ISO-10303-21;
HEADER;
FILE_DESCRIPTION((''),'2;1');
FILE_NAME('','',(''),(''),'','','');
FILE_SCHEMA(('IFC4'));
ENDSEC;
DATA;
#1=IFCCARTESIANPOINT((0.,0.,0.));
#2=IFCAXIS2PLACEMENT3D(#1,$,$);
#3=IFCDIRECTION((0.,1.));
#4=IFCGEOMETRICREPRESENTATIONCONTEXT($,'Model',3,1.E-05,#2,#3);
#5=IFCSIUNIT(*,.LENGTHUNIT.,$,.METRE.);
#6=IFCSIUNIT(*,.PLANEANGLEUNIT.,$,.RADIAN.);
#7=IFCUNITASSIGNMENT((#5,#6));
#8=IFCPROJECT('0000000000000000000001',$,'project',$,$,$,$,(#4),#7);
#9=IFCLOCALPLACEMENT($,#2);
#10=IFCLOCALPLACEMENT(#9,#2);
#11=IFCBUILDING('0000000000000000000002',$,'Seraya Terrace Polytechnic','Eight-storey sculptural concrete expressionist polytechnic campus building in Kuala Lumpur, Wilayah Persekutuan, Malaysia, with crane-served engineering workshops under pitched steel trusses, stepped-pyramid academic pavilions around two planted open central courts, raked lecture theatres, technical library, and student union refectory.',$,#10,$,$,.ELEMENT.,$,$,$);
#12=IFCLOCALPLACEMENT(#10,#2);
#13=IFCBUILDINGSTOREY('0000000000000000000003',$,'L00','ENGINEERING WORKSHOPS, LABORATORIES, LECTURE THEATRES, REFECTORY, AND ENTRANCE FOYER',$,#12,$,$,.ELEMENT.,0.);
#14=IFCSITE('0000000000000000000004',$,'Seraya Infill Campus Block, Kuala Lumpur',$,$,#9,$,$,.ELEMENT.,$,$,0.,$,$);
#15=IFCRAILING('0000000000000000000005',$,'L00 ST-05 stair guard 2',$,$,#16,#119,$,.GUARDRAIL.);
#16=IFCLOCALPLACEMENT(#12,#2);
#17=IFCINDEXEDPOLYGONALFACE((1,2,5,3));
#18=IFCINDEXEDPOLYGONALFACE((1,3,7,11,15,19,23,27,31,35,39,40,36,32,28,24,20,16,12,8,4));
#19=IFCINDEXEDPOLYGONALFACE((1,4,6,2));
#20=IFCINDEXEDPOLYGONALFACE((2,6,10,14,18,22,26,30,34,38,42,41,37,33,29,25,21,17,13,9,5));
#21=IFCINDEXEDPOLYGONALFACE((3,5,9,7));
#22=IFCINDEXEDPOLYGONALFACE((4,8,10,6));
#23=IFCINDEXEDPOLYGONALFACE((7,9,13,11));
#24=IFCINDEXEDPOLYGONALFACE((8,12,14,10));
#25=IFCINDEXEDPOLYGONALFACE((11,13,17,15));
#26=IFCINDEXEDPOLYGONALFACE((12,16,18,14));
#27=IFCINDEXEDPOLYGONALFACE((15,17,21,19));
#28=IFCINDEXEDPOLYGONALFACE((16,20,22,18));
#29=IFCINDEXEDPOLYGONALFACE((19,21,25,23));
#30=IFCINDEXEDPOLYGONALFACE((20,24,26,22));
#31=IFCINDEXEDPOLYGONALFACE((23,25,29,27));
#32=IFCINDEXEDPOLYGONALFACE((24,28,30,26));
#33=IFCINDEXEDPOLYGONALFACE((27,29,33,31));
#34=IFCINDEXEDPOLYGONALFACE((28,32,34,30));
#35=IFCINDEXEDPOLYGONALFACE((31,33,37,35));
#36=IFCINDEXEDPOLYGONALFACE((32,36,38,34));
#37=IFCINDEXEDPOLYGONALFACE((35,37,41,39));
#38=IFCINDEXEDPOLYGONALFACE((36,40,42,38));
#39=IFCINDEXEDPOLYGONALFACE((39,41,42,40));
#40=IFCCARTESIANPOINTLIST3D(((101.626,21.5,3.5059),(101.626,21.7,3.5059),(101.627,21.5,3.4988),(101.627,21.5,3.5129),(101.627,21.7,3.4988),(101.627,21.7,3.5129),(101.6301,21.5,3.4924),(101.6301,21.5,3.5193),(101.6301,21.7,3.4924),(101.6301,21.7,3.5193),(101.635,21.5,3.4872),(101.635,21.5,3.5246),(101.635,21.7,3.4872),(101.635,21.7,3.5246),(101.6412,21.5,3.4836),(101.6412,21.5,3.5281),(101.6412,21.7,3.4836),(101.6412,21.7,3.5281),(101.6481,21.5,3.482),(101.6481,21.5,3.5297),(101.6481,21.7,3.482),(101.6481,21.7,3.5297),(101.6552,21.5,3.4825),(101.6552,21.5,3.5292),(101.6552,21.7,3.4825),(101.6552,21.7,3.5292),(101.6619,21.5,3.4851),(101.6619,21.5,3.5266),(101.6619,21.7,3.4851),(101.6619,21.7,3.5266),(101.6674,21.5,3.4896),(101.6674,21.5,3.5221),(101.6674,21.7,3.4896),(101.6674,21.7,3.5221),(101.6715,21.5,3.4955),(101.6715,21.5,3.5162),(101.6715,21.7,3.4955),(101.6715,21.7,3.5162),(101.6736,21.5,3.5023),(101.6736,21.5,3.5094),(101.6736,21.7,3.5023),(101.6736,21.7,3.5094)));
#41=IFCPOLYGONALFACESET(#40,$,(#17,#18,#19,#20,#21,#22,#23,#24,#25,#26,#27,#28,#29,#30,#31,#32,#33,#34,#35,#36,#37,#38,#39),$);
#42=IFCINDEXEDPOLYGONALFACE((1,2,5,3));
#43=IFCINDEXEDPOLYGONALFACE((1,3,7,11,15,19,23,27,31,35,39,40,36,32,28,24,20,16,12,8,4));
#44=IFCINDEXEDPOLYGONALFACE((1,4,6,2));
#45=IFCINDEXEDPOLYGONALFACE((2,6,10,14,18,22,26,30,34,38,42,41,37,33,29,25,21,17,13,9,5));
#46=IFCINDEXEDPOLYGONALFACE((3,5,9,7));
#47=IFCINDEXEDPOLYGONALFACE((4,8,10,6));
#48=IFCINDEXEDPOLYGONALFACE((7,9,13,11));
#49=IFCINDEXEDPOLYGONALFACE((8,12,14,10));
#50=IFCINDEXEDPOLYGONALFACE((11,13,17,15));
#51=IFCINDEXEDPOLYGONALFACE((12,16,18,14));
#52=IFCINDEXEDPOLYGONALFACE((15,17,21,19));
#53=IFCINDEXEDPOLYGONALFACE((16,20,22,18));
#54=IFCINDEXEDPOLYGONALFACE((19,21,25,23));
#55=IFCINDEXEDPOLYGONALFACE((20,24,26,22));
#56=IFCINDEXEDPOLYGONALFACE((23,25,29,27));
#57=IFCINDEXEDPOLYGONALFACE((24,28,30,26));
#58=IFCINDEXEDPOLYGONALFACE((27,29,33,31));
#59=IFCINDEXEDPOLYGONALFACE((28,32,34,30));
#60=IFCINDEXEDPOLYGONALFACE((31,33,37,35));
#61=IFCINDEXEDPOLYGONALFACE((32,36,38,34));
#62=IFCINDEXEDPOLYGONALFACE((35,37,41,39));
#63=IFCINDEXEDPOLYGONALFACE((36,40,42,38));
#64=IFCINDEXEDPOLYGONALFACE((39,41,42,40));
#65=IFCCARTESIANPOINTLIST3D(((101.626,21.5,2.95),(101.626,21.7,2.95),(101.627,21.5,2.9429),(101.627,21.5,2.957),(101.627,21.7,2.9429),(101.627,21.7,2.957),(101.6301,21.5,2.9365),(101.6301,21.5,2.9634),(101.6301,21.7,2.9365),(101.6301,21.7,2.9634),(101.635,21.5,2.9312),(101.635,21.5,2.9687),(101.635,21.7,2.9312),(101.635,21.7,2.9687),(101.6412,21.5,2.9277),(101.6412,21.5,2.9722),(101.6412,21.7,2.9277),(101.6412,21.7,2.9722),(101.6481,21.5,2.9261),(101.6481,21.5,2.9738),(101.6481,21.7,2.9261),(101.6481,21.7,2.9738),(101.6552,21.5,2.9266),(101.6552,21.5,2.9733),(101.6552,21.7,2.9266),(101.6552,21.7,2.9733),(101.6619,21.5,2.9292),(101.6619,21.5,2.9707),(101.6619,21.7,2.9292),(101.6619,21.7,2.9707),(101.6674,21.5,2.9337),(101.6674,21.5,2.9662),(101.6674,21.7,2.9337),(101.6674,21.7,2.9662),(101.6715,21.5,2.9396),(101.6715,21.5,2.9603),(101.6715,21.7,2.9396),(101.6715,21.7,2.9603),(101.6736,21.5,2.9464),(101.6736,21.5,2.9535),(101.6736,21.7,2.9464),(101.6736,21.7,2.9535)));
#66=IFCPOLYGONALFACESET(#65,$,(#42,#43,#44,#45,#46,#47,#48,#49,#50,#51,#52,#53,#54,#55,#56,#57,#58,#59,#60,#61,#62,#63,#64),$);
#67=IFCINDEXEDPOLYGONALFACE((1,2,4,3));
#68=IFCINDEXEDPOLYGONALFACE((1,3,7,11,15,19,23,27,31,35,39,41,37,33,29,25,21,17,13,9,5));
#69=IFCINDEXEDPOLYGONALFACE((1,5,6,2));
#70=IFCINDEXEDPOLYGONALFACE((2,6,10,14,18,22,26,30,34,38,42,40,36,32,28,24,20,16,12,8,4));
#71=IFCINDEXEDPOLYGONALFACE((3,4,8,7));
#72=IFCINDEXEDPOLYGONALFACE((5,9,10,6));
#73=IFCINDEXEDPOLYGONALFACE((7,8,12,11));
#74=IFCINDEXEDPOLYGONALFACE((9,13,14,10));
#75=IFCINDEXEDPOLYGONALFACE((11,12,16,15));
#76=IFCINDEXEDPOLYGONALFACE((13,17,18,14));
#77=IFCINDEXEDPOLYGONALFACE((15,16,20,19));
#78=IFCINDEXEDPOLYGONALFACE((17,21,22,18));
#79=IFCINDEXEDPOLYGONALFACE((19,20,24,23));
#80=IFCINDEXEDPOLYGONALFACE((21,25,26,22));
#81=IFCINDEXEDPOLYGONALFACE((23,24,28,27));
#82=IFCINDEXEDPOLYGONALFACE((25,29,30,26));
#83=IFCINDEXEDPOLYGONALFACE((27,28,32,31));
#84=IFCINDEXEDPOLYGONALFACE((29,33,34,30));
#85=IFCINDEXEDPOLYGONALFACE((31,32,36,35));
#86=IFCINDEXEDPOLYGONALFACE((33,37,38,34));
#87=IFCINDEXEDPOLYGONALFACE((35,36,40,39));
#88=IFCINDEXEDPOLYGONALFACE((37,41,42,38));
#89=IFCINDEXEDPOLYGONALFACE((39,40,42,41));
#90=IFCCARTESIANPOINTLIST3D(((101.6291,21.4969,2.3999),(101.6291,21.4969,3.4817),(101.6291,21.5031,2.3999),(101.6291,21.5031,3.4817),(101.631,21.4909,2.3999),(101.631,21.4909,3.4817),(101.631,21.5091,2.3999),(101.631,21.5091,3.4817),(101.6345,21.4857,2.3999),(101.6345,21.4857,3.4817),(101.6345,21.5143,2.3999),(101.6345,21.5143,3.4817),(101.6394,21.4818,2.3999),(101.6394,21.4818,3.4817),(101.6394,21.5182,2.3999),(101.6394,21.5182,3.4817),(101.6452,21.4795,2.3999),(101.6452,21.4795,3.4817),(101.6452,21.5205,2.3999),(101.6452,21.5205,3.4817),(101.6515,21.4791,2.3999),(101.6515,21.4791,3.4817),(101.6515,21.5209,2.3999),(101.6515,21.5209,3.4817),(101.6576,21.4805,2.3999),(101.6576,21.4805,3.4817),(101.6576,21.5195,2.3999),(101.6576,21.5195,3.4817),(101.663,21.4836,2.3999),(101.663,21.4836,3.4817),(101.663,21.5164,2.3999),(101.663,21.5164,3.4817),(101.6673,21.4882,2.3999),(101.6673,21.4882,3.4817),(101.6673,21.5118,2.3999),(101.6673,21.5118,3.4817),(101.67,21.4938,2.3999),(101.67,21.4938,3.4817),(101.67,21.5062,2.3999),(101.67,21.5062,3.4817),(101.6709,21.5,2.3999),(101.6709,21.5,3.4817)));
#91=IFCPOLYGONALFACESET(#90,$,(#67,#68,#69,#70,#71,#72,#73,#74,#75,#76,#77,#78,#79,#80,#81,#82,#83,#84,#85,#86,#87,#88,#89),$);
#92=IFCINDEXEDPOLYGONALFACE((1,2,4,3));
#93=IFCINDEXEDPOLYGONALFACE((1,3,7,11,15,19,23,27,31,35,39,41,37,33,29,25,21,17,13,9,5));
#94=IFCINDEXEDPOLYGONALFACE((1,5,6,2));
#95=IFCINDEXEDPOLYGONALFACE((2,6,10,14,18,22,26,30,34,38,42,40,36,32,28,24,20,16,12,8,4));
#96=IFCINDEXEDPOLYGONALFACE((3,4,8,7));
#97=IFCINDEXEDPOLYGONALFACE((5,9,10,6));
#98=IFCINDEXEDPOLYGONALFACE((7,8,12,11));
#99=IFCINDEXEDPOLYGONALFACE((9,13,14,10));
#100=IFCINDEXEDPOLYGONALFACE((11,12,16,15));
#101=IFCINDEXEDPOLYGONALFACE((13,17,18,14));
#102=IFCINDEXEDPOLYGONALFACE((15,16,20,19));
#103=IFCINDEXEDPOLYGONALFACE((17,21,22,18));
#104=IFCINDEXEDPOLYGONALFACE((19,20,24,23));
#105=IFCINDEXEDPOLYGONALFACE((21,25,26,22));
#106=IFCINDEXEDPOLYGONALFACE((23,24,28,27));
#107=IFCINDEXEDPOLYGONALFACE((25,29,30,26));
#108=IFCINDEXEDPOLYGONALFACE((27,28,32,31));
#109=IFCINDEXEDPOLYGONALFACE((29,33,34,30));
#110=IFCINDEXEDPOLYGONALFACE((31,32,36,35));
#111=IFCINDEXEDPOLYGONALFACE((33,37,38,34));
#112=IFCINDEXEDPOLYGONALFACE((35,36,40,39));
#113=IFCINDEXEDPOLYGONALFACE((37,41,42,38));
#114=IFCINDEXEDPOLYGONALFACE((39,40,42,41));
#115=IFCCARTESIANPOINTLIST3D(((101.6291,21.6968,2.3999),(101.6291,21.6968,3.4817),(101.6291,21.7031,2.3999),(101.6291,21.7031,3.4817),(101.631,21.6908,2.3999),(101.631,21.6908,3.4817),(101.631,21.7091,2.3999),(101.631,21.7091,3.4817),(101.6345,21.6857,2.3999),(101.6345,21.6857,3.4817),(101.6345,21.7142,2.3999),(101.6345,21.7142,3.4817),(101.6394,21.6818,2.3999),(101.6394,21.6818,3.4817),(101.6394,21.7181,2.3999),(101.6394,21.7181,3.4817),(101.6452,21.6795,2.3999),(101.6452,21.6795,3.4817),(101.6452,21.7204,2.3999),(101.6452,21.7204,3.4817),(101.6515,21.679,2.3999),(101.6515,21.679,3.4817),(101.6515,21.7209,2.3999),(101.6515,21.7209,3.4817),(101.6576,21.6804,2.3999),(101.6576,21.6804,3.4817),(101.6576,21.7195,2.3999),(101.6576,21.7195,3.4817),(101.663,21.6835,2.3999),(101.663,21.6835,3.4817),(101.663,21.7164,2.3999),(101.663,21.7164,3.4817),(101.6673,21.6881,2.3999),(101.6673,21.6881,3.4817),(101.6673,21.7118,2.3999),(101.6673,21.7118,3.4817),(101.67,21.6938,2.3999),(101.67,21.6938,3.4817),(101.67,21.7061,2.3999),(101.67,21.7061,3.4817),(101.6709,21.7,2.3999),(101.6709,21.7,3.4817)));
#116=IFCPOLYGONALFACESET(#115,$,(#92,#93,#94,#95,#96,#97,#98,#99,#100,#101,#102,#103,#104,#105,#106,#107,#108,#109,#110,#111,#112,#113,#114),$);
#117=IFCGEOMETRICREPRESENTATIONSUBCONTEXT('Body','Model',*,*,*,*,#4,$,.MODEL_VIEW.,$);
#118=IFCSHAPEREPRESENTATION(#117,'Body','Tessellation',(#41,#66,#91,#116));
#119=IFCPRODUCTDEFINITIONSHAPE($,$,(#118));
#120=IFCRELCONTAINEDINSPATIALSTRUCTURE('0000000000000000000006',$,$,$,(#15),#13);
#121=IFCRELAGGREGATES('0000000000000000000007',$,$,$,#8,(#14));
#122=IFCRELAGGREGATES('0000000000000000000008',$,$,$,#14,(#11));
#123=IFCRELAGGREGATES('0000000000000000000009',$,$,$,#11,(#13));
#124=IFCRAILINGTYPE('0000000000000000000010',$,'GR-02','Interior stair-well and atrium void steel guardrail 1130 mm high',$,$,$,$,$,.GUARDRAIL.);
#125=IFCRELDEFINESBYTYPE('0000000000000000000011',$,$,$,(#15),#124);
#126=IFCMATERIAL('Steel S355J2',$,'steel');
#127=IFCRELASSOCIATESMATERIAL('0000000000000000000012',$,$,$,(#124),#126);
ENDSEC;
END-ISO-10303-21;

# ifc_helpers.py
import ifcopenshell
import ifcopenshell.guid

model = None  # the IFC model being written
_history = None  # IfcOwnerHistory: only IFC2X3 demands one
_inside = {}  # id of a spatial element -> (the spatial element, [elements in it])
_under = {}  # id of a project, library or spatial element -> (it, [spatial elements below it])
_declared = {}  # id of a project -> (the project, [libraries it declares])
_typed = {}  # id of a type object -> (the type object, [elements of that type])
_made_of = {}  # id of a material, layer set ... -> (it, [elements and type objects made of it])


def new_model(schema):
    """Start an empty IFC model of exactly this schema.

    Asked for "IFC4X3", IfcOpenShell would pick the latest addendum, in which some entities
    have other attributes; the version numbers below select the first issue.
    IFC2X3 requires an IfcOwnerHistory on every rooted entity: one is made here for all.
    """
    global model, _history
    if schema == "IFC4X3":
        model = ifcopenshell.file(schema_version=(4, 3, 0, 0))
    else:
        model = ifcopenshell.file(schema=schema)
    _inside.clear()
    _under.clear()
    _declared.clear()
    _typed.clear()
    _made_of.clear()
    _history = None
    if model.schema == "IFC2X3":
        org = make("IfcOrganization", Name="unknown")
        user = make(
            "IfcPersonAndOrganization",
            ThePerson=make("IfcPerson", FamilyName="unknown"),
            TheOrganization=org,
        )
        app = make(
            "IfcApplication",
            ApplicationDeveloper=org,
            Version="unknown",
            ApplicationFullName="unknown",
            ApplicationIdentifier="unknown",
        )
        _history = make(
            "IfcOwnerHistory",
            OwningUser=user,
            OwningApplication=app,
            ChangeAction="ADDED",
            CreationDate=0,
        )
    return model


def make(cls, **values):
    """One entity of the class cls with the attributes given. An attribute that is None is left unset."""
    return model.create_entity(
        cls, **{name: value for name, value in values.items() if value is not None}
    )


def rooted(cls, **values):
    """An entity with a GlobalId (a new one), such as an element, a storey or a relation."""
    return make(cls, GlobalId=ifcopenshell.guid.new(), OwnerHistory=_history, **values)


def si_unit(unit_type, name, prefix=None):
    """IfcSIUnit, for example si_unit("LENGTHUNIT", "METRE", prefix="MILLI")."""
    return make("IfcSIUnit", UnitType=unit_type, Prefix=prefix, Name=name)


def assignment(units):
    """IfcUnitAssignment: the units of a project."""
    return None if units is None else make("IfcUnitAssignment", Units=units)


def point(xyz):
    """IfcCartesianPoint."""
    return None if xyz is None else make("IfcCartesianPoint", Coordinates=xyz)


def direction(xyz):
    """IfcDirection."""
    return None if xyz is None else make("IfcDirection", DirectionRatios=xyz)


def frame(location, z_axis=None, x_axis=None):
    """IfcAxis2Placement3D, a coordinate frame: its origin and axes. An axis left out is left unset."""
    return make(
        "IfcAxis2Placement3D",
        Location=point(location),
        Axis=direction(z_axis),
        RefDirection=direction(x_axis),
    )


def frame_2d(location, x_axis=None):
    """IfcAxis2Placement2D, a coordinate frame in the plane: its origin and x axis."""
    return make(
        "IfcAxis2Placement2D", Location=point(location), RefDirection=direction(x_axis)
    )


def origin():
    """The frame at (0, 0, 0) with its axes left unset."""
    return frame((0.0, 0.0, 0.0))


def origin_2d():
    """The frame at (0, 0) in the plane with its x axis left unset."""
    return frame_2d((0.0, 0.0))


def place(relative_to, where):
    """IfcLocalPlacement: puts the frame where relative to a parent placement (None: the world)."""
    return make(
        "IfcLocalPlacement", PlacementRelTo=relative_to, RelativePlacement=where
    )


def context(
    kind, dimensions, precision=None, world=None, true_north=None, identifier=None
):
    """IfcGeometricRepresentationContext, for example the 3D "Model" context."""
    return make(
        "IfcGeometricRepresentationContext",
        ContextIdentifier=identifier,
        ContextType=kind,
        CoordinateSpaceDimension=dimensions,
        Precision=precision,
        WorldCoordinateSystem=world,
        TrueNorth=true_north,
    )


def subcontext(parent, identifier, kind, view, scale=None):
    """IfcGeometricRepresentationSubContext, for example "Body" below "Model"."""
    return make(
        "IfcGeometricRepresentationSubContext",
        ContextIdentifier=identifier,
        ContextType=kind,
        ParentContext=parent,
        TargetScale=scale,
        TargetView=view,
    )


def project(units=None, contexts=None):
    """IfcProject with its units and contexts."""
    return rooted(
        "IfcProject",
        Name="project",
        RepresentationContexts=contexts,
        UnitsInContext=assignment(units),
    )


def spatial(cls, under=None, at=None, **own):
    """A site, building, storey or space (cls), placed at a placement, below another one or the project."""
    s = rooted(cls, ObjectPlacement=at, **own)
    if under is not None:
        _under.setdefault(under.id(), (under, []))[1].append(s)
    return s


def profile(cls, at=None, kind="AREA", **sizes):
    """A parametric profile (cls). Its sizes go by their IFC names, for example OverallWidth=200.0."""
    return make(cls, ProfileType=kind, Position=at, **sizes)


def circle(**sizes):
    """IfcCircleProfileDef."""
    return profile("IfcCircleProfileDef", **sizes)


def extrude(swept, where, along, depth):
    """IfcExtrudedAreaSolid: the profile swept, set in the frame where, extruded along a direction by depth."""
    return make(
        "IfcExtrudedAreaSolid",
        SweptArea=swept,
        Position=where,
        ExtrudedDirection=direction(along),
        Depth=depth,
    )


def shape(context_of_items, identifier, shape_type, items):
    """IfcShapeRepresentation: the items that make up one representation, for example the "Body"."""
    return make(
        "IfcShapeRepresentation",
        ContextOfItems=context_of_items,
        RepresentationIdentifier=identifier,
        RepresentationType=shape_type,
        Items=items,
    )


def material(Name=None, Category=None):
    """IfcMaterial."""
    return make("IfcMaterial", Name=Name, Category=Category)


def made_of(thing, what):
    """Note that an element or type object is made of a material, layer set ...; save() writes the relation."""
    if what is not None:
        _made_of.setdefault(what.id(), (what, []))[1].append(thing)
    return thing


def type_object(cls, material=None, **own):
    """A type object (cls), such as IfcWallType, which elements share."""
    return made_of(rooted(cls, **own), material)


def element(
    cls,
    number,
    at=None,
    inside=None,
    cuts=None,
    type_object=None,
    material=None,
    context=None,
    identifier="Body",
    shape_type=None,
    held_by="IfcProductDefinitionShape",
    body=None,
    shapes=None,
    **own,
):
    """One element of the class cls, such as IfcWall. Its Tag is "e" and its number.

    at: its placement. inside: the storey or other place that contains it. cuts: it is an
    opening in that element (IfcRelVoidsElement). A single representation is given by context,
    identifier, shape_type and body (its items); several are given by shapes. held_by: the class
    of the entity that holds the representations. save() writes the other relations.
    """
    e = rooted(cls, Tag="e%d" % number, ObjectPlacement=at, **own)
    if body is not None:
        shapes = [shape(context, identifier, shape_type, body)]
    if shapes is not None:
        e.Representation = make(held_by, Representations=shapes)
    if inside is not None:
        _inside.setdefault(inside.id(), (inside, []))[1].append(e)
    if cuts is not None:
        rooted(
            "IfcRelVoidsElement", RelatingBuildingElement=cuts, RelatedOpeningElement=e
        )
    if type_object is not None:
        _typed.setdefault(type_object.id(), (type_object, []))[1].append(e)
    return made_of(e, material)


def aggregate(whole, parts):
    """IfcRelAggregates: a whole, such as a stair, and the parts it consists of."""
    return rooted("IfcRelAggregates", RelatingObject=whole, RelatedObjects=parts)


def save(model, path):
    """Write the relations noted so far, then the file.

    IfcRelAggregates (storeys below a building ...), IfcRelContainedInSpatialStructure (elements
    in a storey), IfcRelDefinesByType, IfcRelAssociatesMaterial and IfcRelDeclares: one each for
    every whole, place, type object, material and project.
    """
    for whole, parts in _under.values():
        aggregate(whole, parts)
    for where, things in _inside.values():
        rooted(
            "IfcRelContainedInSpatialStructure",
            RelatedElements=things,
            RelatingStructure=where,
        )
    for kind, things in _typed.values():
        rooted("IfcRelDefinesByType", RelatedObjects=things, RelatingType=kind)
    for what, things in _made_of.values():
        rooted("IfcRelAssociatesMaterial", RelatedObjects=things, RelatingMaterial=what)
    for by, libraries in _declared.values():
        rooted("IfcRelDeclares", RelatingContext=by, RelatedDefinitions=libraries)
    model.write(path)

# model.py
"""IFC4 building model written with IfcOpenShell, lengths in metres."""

from ifc_helpers import new_model, si_unit, direction, frame, origin, origin_2d, place, context, subcontext, project, spatial, circle, extrude, material, type_object, element, save


model = new_model("IFC4")

# Units and contexts
model_context = context("Model", 3, precision=1e-05, world=origin(), true_north=direction((0.0, 1.0)))
body_context = subcontext(model_context, "Body", "Model", "MODEL_VIEW")
ifc_project = project(units=[si_unit("LENGTHUNIT", "METRE"), si_unit("PLANEANGLEUNIT", "RADIAN")], contexts=[model_context])

# Site, building, storey
site_placement = place(None, origin())
site = spatial("IfcSite", under=ifc_project, at=site_placement, Name="Seraya Infill Campus Block, Kuala Lumpur", CompositionType="ELEMENT", RefElevation=0.0)
building_placement = place(site_placement, origin())
building = spatial("IfcBuilding", under=site, at=building_placement, Name="Seraya Terrace Polytechnic", Description="Eight-storey sculptural concrete expressionist polytechnic campus building in Kuala Lumpur, Wilayah Persekutuan, Malaysia, with crane-served engineering workshops under pitched steel trusses, stepped-pyramid academic pavilions around two planted open central courts, raked lecture theatres, technical library, and student union refectory.", CompositionType="ELEMENT")
storey_placement = place(building_placement, origin())
storey = spatial("IfcBuildingStorey", under=building, at=storey_placement, Name="L00", Description="ENGINEERING WORKSHOPS, LABORATORIES, LECTURE THEATRES, REFECTORY, AND ENTRANCE FOYER", CompositionType="ELEMENT", Elevation=0.0)

# Shared definitions
ifc_material_1 = material(Name="Steel S355J2", Category="steel")

# Railing
railing_type_1 = type_object("IfcRailingType", Name="GR-02", Description="Interior stair-well and atrium void steel guardrail 1130 mm high", PredefinedType="GUARDRAIL", material=ifc_material_1)
railing_1_placement = place(storey_placement, frame((101.6499, 21.5, 2.3999)))
element("IfcRailing", 1, at=railing_1_placement, inside=storey, type_object=railing_type_1, Name="L00 ST-05 stair guard 2", PredefinedType="GUARDRAIL", context=body_context, shape_type="SweptSolid", body=[
    extrude(circle(Radius=0.0239, at=origin_2d()), frame((0.0, 0.0, 1.106), z_axis=(0.0, 1.0, 0.0), x_axis=(-1.0, 0.0, 0.0)), (0.0, 0.0, 1.0), 0.2),
    extrude(circle(Radius=0.0239, at=origin_2d()), frame((0.0, 0.0, 0.55), z_axis=(0.0, 1.0, 0.0), x_axis=(-1.0, 0.0, 0.0)), (0.0, 0.0, 1.0), 0.2),
    extrude(circle(Radius=0.021, at=origin_2d()), origin(), (0.0, 0.0, 1.0), 1.0818),
    extrude(circle(Radius=0.021, at=origin_2d()), frame((0.0, 0.2, 0.0)), (0.0, 0.0, 1.0), 1.0818),
])

save(model, "model.ifc")
